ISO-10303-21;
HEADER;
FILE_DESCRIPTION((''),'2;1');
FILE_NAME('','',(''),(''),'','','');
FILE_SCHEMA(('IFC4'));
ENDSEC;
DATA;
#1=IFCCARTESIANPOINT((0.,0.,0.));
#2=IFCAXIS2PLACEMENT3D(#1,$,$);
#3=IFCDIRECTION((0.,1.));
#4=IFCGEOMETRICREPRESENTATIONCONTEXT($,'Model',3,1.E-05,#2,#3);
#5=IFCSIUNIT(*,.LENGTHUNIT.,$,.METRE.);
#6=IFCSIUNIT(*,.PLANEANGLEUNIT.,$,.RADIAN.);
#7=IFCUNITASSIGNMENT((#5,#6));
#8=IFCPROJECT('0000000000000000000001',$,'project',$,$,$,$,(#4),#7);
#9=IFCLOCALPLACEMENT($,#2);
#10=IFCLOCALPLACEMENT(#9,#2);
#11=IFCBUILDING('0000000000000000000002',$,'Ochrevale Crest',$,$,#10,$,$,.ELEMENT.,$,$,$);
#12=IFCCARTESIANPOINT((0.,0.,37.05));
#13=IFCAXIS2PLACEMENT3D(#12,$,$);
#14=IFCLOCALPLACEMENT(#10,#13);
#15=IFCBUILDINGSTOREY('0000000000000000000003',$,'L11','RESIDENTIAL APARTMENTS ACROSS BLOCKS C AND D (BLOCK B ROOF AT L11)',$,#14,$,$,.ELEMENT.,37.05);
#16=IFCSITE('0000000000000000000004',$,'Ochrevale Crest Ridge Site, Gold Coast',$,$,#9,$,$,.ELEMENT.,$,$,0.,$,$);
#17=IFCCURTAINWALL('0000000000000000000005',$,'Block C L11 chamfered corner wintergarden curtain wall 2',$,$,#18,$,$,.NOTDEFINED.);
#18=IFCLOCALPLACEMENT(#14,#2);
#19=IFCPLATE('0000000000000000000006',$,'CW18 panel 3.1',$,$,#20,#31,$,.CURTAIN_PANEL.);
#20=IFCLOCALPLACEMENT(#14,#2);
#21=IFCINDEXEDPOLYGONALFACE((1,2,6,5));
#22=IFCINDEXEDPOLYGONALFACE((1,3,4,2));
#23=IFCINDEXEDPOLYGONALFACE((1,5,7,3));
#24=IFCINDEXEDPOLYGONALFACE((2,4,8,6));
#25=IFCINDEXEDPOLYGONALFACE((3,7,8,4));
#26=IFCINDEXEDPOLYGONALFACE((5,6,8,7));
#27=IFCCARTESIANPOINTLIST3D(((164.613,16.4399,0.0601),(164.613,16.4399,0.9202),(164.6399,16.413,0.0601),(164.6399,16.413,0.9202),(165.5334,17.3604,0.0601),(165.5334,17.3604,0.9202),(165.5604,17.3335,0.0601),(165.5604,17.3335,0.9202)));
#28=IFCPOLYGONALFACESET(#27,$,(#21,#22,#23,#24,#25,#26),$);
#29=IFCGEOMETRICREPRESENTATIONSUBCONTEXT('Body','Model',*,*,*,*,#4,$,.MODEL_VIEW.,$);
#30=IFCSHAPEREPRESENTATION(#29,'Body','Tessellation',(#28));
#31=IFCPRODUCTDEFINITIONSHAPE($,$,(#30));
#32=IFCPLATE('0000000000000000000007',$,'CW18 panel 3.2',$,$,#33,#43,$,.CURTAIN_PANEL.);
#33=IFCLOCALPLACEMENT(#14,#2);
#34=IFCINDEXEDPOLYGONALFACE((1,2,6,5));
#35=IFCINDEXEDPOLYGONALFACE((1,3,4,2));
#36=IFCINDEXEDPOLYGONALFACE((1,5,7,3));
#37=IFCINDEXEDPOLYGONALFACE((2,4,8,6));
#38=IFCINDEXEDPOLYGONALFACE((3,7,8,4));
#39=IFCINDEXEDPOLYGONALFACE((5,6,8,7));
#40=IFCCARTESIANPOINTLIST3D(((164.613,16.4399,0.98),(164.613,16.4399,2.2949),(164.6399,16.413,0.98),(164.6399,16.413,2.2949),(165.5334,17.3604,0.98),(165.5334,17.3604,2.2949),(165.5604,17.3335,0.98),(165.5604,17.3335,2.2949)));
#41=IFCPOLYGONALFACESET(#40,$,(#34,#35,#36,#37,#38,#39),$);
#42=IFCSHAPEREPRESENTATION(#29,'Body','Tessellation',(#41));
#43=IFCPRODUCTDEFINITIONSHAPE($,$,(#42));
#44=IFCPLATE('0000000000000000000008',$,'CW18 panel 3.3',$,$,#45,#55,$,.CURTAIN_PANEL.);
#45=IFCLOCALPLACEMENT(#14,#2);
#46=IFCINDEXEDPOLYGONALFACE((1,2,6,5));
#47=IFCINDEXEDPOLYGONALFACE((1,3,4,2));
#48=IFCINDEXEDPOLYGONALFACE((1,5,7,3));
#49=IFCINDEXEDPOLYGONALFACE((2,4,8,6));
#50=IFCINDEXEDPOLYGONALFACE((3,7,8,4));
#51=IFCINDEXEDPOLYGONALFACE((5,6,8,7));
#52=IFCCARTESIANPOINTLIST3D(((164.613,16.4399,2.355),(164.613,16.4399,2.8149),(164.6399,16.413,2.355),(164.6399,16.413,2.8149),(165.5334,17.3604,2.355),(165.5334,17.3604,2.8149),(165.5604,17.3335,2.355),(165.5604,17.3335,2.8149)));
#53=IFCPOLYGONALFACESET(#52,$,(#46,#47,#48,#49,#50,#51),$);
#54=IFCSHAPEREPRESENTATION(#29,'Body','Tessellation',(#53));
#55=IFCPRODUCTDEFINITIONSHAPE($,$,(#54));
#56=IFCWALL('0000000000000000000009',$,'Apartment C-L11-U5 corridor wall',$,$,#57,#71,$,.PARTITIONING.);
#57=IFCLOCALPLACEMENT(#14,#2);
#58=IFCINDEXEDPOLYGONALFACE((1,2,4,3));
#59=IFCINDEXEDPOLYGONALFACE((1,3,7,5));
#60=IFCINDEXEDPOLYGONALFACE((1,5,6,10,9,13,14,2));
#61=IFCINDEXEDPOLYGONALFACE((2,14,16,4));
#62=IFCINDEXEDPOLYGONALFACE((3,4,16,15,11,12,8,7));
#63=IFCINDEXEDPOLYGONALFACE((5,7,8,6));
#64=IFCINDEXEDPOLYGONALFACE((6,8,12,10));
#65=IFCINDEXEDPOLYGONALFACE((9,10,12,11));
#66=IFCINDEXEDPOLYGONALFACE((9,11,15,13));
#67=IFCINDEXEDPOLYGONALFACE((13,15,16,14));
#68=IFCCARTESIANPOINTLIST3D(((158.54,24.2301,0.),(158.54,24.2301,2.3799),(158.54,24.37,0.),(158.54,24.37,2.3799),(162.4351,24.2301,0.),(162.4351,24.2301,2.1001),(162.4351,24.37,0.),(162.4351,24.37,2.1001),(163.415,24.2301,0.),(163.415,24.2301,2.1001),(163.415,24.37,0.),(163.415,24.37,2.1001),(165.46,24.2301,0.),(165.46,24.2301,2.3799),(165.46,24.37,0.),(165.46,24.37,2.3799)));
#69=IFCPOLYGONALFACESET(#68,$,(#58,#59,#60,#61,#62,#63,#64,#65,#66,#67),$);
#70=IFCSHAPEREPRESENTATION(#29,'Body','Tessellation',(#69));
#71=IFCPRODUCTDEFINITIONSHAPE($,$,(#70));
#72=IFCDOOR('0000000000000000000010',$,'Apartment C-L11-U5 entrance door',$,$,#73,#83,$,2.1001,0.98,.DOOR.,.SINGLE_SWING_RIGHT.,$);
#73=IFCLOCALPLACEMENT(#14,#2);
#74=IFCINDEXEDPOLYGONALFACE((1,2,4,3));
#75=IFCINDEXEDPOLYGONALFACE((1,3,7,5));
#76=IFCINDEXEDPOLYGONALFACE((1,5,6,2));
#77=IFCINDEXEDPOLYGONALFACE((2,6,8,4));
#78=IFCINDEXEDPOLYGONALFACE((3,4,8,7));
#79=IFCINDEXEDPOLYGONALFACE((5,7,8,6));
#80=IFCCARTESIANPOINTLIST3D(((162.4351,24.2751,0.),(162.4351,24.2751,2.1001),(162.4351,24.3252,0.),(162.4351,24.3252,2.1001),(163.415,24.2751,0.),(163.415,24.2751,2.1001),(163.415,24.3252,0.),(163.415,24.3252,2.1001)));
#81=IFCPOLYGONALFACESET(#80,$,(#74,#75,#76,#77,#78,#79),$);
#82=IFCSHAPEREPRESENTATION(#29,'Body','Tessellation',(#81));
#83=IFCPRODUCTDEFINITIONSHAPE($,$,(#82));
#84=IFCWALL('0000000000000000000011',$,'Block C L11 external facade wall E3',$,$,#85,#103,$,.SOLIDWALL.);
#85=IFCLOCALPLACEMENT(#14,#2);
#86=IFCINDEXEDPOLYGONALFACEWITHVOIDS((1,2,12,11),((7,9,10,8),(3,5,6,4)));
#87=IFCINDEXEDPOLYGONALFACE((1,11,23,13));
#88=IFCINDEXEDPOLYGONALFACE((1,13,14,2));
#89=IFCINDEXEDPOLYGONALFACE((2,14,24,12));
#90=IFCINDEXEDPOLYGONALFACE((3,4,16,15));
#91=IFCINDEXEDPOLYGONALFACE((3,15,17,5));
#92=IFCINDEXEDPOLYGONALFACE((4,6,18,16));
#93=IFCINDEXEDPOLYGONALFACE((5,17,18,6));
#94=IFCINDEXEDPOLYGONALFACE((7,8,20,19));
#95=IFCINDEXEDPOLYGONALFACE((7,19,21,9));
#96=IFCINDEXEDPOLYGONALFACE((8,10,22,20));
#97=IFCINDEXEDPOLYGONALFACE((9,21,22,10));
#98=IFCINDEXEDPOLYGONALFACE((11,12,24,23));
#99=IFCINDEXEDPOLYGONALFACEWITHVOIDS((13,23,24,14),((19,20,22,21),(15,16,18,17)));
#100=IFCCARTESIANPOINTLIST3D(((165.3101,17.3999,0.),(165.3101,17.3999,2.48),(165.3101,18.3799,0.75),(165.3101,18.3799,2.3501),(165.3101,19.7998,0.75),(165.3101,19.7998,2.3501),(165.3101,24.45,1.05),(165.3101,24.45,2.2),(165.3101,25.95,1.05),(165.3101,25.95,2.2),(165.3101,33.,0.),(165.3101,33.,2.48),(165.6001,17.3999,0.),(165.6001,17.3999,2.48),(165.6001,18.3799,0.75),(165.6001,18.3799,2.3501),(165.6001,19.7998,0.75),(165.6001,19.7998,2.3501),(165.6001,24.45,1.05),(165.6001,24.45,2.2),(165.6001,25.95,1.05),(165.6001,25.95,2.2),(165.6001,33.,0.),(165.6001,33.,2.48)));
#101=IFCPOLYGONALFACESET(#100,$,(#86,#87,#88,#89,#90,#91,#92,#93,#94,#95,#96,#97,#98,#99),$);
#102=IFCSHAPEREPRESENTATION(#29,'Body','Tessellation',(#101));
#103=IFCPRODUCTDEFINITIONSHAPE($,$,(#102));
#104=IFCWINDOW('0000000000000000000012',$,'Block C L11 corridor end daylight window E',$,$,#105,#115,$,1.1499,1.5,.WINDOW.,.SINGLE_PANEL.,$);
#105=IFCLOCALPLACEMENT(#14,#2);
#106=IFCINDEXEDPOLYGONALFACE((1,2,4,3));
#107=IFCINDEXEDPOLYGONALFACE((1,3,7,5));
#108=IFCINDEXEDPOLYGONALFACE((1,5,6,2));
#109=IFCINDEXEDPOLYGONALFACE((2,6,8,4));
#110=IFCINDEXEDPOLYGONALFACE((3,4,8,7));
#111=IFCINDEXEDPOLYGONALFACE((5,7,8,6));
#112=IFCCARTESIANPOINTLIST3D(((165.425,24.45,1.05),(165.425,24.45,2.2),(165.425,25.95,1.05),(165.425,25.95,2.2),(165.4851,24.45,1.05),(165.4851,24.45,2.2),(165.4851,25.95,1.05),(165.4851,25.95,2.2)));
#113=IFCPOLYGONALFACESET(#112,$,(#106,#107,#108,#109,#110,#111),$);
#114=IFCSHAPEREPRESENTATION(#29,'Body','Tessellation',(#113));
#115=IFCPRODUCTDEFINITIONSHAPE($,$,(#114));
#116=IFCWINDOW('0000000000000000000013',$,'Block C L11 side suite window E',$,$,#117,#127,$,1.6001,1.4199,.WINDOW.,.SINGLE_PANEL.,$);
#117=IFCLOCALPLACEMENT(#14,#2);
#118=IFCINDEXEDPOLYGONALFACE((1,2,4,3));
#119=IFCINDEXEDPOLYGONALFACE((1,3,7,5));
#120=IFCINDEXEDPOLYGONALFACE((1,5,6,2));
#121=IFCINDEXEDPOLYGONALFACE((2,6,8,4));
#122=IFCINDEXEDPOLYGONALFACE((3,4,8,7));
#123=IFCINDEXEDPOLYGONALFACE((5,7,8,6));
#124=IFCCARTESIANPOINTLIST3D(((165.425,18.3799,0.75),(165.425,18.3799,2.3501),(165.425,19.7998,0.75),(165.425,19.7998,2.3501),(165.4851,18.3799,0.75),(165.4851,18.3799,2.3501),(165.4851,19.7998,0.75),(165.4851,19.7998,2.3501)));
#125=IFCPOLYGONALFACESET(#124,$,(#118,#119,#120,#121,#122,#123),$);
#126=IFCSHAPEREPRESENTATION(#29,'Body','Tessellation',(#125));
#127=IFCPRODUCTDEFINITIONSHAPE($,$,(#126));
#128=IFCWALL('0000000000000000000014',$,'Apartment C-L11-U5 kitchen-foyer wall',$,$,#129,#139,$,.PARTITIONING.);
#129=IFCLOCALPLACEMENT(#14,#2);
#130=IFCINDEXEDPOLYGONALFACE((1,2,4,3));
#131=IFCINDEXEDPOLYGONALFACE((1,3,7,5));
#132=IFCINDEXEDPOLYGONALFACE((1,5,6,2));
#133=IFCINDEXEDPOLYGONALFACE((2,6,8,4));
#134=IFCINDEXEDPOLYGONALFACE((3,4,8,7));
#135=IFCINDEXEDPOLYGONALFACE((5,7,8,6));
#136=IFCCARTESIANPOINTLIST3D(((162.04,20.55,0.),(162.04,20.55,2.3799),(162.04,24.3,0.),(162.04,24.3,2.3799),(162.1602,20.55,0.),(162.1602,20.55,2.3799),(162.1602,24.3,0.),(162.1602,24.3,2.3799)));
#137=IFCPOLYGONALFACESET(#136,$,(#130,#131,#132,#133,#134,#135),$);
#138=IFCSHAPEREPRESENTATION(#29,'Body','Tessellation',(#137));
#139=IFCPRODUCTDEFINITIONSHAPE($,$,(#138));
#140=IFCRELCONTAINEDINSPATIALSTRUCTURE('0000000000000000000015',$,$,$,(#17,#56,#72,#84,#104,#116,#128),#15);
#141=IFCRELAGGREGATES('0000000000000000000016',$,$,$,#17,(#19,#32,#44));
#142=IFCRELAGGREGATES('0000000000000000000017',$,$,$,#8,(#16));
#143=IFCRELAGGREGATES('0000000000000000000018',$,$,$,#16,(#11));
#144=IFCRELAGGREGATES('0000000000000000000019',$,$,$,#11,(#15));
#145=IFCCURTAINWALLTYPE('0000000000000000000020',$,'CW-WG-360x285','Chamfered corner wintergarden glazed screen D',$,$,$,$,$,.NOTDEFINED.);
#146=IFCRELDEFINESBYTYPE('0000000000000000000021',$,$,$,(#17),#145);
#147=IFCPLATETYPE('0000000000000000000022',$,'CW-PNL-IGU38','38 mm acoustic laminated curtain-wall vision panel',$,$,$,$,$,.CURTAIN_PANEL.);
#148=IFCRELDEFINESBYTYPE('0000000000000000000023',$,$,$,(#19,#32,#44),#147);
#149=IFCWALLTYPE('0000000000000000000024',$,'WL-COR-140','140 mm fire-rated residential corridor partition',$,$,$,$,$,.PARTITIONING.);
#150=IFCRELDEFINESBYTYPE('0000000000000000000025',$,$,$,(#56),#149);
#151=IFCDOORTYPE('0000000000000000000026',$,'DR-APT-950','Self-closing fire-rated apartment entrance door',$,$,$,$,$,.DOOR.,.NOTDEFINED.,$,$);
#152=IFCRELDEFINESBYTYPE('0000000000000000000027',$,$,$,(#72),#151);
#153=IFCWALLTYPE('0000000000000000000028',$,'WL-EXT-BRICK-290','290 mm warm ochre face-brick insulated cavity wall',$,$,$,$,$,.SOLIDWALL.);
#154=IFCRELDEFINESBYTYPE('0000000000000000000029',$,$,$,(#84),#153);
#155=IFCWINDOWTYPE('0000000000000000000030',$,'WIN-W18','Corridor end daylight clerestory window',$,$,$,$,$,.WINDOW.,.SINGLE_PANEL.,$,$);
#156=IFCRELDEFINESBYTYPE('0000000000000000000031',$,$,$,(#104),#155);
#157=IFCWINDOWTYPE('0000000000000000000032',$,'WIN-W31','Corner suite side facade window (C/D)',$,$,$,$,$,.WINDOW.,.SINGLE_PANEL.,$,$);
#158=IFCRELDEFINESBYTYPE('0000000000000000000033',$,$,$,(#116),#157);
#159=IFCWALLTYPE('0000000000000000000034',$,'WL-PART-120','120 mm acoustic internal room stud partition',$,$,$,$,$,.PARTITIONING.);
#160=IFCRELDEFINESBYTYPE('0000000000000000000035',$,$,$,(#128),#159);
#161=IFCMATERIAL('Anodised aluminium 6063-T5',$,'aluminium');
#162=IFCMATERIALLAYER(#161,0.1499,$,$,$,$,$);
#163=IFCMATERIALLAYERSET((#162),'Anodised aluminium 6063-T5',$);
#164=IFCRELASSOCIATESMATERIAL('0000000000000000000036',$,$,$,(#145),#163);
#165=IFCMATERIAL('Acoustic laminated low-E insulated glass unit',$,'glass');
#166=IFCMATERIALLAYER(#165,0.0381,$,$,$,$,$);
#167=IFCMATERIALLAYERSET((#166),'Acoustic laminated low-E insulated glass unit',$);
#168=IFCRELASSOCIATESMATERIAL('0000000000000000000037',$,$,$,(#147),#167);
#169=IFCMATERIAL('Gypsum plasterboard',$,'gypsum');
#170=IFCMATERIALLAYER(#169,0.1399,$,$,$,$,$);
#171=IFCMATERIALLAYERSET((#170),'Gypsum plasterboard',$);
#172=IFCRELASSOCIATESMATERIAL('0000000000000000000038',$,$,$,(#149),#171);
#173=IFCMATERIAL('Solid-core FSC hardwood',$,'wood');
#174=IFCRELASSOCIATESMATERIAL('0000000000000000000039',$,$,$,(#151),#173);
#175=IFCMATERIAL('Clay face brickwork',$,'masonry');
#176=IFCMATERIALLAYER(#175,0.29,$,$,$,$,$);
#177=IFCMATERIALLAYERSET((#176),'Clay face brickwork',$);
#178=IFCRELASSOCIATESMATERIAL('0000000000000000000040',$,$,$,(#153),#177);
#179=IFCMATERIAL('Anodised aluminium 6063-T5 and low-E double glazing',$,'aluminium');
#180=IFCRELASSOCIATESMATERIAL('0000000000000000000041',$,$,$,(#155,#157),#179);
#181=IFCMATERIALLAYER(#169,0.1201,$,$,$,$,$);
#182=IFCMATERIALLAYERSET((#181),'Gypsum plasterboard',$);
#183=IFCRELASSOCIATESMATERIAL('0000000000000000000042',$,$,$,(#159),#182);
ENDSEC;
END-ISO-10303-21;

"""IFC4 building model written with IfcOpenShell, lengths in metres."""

from ifc_helpers import new_model, si_unit, direction, frame, frame_2d, origin, origin_2d, place, context, subcontext, project, spatial, rectangle, extrude, material, layer, layer_set, type_object, element, fill, aggregate, save


model = new_model("IFC4")

# Units and contexts
model_context = context("Model", 3, precision=1e-05, world=origin(), true_north=direction((0.0, 1.0)))
body_context = subcontext(model_context, "Body", "Model", "MODEL_VIEW")
ifc_project = project(units=[si_unit("LENGTHUNIT", "METRE"), si_unit("PLANEANGLEUNIT", "RADIAN")], contexts=[model_context])

# Site, building, storey
site_placement = place(None, origin())
site = spatial("IfcSite", under=ifc_project, at=site_placement, Name="Ochrevale Crest Ridge Site, Gold Coast", CompositionType="ELEMENT", RefElevation=0.0)
building_placement = place(site_placement, origin())
building = spatial("IfcBuilding", under=site, at=building_placement, Name="Ochrevale Crest", CompositionType="ELEMENT")
storey_placement = place(building_placement, frame((0.0, 0.0, 37.05)))
storey = spatial("IfcBuildingStorey", under=building, at=storey_placement, Name="L11", Description="RESIDENTIAL APARTMENTS ACROSS BLOCKS C AND D (BLOCK B ROOF AT L11)", CompositionType="ELEMENT", Elevation=37.05)

# Curtain wall, plates
ifc_material_1 = material(Name="Anodised aluminium 6063-T5", Category="aluminium")
ifc_layer_1 = layer(ifc_material_1, 0.1499)
ifc_layer_set_1 = layer_set([ifc_layer_1], Name="Anodised aluminium 6063-T5")
curtain_wall_type = type_object("IfcCurtainWallType", Name="CW-WG-360x285", Description="Chamfered corner wintergarden glazed screen D", PredefinedType="NOTDEFINED", material=ifc_layer_set_1)
curtain_wall_placement = place(storey_placement, origin())
curtain_wall = element("IfcCurtainWall", 1, at=curtain_wall_placement, inside=storey, type_object=curtain_wall_type, Name="Block C L11 chamfered corner wintergarden curtain wall 2", PredefinedType="NOTDEFINED")
ifc_material_2 = material(Name="Acoustic laminated low-E insulated glass unit", Category="glass")
ifc_layer_2 = layer(ifc_material_2, 0.0381)
ifc_layer_set_2 = layer_set([ifc_layer_2], Name="Acoustic laminated low-E insulated glass unit")
plate_type = type_object("IfcPlateType", Name="CW-PNL-IGU38", Description="38 mm acoustic laminated curtain-wall vision panel", PredefinedType="CURTAIN_PANEL", material=ifc_layer_set_2)
plate_1_placement = place(storey_placement, frame((165.0867, 16.8867, 0.0601), z_axis=(0.0, 0.0, 1.0), x_axis=(0.707107, 0.707107, 0.0)))
plate_1 = element("IfcPlate", 2, at=plate_1_placement, type_object=plate_type, Name="CW18 panel 3.1", PredefinedType="CURTAIN_PANEL", context=body_context, shape_type="SweptSolid", body=[
    extrude(rectangle(XDim=1.3018, YDim=0.0381, at=origin_2d()), origin(), (0.0, 0.0, 1.0), 0.8601),
])
plate_2_placement = place(storey_placement, frame((165.0867, 16.8867, 0.98), z_axis=(0.0, 0.0, 1.0), x_axis=(0.707107, 0.707107, 0.0)))
plate_2 = element("IfcPlate", 3, at=plate_2_placement, type_object=plate_type, Name="CW18 panel 3.2", PredefinedType="CURTAIN_PANEL", context=body_context, shape_type="SweptSolid", body=[
    extrude(rectangle(XDim=1.3018, YDim=0.0381, at=origin_2d()), origin(), (0.0, 0.0, 1.0), 1.3149),
])
plate_3_placement = place(storey_placement, frame((165.0867, 16.8867, 2.355), z_axis=(0.0, 0.0, 1.0), x_axis=(0.707107, 0.707107, 0.0)))
plate_3 = element("IfcPlate", 4, at=plate_3_placement, type_object=plate_type, Name="CW18 panel 3.3", PredefinedType="CURTAIN_PANEL", context=body_context, shape_type="SweptSolid", body=[
    extrude(rectangle(XDim=1.3018, YDim=0.0381, at=origin_2d()), origin(), (0.0, 0.0, 1.0), 0.46),
])
aggregate(curtain_wall, [plate_1, plate_2, plate_3])

# Wall, opening, door
ifc_material_3 = material(Name="Gypsum plasterboard", Category="gypsum")
ifc_layer_3 = layer(ifc_material_3, 0.1399)
ifc_layer_set_3 = layer_set([ifc_layer_3], Name="Gypsum plasterboard")
wall_type_1 = type_object("IfcWallType", Name="WL-COR-140", Description="140 mm fire-rated residential corridor partition", PredefinedType="PARTITIONING", material=ifc_layer_set_3)
wall_1_placement = place(storey_placement, frame((158.54, 24.3, 0.0), z_axis=(0.0, 0.0, 1.0), x_axis=(1.0, 0.0, 0.0)))
wall_1 = element("IfcWall", 5, at=wall_1_placement, inside=storey, type_object=wall_type_1, Name="Apartment C-L11-U5 corridor wall", PredefinedType="PARTITIONING", context=body_context, shape_type="SweptSolid", body=[
    extrude(rectangle(XDim=6.9199, YDim=0.1399, at=frame_2d((3.46, 0.0))), origin(), (0.0, 0.0, 1.0), 2.3799),
])
opening_1_placement = place(wall_1_placement, frame((4.875, 0.0, 0.0), z_axis=(0.0, 0.0, 1.0), x_axis=(-1.0, 0.0, 0.0)))
opening_1 = element("IfcOpeningElement", 6, at=opening_1_placement, cuts=wall_1, PredefinedType="OPENING", context=body_context, shape_type="SweptSolid", body=[
    extrude(rectangle(XDim=0.98, YDim=2.1001, at=frame_2d((0.49, 1.05))), frame((0.0, 0.0801, 0.0), z_axis=(0.0, -1.0, 0.0), x_axis=(1.0, 0.0, 0.0)), (0.0, 0.0, 1.0), 0.1599),
])
ifc_material_4 = material(Name="Solid-core FSC hardwood", Category="wood")
door_type_1 = type_object("IfcDoorType", Name="DR-APT-950", Description="Self-closing fire-rated apartment entrance door", OperationType="NOTDEFINED", PredefinedType="DOOR", material=ifc_material_4)
door_1_placement = place(opening_1_placement, origin())
door_1 = element("IfcDoor", 7, at=door_1_placement, inside=storey, type_object=door_type_1, Name="Apartment C-L11-U5 entrance door", OperationType="SINGLE_SWING_RIGHT", OverallHeight=2.1001, OverallWidth=0.98, PredefinedType="DOOR", context=body_context, shape_type="SweptSolid", body=[
    extrude(rectangle(XDim=0.98, YDim=2.1001, at=frame_2d((0.49, 1.05))), frame((0.0, 0.0249, 0.0), z_axis=(0.0, -1.0, 0.0), x_axis=(1.0, 0.0, 0.0)), (0.0, 0.0, 1.0), 0.05),
])
fill(opening_1, door_1)

# Wall, openings, windows
ifc_material_5 = material(Name="Clay face brickwork", Category="masonry")
ifc_layer_4 = layer(ifc_material_5, 0.29)
ifc_layer_set_4 = layer_set([ifc_layer_4], Name="Clay face brickwork")
wall_type_2 = type_object("IfcWallType", Name="WL-EXT-BRICK-290", Description="290 mm warm ochre face-brick insulated cavity wall", PredefinedType="SOLIDWALL", material=ifc_layer_set_4)
wall_2_placement = place(storey_placement, frame((165.4551, 17.3999, 0.0), z_axis=(0.0, 0.0, 1.0), x_axis=(0.0, 1.0, 0.0)))
wall_2 = element("IfcWall", 8, at=wall_2_placement, inside=storey, type_object=wall_type_2, Name="Block C L11 external facade wall E3", PredefinedType="SOLIDWALL", context=body_context, shape_type="SweptSolid", body=[
    extrude(rectangle(XDim=15.6001, YDim=0.29, at=frame_2d((7.8, 0.0))), origin(), (0.0, 0.0, 1.0), 2.48),
])
opening_2_placement = place(wall_2_placement, frame((7.05, 0.0, 1.05)))
opening_2 = element("IfcOpeningElement", 9, at=opening_2_placement, cuts=wall_2, PredefinedType="OPENING", context=body_context, shape_type="SweptSolid", body=[
    extrude(rectangle(XDim=1.5, YDim=1.1499, at=frame_2d((0.75, 0.575))), frame((0.0, 0.155, 0.0), z_axis=(0.0, -1.0, 0.0), x_axis=(1.0, 0.0, 0.0)), (0.0, 0.0, 1.0), 0.3101),
])
opening_3_placement = place(wall_2_placement, frame((0.98, 0.0, 0.75)))
opening_3 = element("IfcOpeningElement", 10, at=opening_3_placement, cuts=wall_2, PredefinedType="OPENING", context=body_context, shape_type="SweptSolid", body=[
    extrude(rectangle(XDim=1.4199, YDim=1.6001, at=frame_2d((0.71, 0.8))), frame((0.0, 0.155, 0.0), z_axis=(0.0, -1.0, 0.0), x_axis=(1.0, 0.0, 0.0)), (0.0, 0.0, 1.0), 0.3101),
])
ifc_material_6 = material(Name="Anodised aluminium 6063-T5 and low-E double glazing", Category="aluminium")
window_type_1 = type_object("IfcWindowType", Name="WIN-W18", Description="Corridor end daylight clerestory window", PartitioningType="SINGLE_PANEL", PredefinedType="WINDOW", material=ifc_material_6)
window_1_placement = place(opening_2_placement, origin())
window_1 = element("IfcWindow", 11, at=window_1_placement, inside=storey, type_object=window_type_1, Name="Block C L11 corridor end daylight window E", OverallHeight=1.1499, OverallWidth=1.5, PartitioningType="SINGLE_PANEL", PredefinedType="WINDOW", context=body_context, shape_type="SweptSolid", body=[
    extrude(rectangle(XDim=1.5, YDim=1.1499, at=frame_2d((0.75, 0.575))), frame((0.0, 0.03, 0.0), z_axis=(0.0, -1.0, 0.0), x_axis=(1.0, 0.0, 0.0)), (0.0, 0.0, 1.0), 0.0601),
])
fill(opening_2, window_1)
window_type_2 = type_object("IfcWindowType", Name="WIN-W31", Description="Corner suite side facade window (C/D)", PartitioningType="SINGLE_PANEL", PredefinedType="WINDOW", material=ifc_material_6)
window_2_placement = place(opening_3_placement, origin())
window_2 = element("IfcWindow", 12, at=window_2_placement, inside=storey, type_object=window_type_2, Name="Block C L11 side suite window E", OverallHeight=1.6001, OverallWidth=1.4199, PartitioningType="SINGLE_PANEL", PredefinedType="WINDOW", context=body_context, shape_type="SweptSolid", body=[
    extrude(rectangle(XDim=1.4199, YDim=1.6001, at=frame_2d((0.71, 0.8))), frame((0.0, 0.03, 0.0), z_axis=(0.0, -1.0, 0.0), x_axis=(1.0, 0.0, 0.0)), (0.0, 0.0, 1.0), 0.0601),
])
fill(opening_3, window_2)

# Wall
ifc_layer_5 = layer(ifc_material_3, 0.1201)
ifc_layer_set_5 = layer_set([ifc_layer_5], Name="Gypsum plasterboard")
wall_type_3 = type_object("IfcWallType", Name="WL-PART-120", Description="120 mm acoustic internal room stud partition", PredefinedType="PARTITIONING", material=ifc_layer_set_5)
wall_3_placement = place(storey_placement, frame((162.1001, 20.55, 0.0), z_axis=(0.0, 0.0, 1.0), x_axis=(0.0, 1.0, 0.0)))
element("IfcWall", 13, at=wall_3_placement, inside=storey, type_object=wall_type_3, Name="Apartment C-L11-U5 kitchen-foyer wall", PredefinedType="PARTITIONING", context=body_context, shape_type="SweptSolid", body=[
    extrude(rectangle(XDim=3.75, YDim=0.1201, at=frame_2d((1.875, 0.0))), origin(), (0.0, 0.0, 1.0), 2.3799),
])

save(model, "model.ifc")
